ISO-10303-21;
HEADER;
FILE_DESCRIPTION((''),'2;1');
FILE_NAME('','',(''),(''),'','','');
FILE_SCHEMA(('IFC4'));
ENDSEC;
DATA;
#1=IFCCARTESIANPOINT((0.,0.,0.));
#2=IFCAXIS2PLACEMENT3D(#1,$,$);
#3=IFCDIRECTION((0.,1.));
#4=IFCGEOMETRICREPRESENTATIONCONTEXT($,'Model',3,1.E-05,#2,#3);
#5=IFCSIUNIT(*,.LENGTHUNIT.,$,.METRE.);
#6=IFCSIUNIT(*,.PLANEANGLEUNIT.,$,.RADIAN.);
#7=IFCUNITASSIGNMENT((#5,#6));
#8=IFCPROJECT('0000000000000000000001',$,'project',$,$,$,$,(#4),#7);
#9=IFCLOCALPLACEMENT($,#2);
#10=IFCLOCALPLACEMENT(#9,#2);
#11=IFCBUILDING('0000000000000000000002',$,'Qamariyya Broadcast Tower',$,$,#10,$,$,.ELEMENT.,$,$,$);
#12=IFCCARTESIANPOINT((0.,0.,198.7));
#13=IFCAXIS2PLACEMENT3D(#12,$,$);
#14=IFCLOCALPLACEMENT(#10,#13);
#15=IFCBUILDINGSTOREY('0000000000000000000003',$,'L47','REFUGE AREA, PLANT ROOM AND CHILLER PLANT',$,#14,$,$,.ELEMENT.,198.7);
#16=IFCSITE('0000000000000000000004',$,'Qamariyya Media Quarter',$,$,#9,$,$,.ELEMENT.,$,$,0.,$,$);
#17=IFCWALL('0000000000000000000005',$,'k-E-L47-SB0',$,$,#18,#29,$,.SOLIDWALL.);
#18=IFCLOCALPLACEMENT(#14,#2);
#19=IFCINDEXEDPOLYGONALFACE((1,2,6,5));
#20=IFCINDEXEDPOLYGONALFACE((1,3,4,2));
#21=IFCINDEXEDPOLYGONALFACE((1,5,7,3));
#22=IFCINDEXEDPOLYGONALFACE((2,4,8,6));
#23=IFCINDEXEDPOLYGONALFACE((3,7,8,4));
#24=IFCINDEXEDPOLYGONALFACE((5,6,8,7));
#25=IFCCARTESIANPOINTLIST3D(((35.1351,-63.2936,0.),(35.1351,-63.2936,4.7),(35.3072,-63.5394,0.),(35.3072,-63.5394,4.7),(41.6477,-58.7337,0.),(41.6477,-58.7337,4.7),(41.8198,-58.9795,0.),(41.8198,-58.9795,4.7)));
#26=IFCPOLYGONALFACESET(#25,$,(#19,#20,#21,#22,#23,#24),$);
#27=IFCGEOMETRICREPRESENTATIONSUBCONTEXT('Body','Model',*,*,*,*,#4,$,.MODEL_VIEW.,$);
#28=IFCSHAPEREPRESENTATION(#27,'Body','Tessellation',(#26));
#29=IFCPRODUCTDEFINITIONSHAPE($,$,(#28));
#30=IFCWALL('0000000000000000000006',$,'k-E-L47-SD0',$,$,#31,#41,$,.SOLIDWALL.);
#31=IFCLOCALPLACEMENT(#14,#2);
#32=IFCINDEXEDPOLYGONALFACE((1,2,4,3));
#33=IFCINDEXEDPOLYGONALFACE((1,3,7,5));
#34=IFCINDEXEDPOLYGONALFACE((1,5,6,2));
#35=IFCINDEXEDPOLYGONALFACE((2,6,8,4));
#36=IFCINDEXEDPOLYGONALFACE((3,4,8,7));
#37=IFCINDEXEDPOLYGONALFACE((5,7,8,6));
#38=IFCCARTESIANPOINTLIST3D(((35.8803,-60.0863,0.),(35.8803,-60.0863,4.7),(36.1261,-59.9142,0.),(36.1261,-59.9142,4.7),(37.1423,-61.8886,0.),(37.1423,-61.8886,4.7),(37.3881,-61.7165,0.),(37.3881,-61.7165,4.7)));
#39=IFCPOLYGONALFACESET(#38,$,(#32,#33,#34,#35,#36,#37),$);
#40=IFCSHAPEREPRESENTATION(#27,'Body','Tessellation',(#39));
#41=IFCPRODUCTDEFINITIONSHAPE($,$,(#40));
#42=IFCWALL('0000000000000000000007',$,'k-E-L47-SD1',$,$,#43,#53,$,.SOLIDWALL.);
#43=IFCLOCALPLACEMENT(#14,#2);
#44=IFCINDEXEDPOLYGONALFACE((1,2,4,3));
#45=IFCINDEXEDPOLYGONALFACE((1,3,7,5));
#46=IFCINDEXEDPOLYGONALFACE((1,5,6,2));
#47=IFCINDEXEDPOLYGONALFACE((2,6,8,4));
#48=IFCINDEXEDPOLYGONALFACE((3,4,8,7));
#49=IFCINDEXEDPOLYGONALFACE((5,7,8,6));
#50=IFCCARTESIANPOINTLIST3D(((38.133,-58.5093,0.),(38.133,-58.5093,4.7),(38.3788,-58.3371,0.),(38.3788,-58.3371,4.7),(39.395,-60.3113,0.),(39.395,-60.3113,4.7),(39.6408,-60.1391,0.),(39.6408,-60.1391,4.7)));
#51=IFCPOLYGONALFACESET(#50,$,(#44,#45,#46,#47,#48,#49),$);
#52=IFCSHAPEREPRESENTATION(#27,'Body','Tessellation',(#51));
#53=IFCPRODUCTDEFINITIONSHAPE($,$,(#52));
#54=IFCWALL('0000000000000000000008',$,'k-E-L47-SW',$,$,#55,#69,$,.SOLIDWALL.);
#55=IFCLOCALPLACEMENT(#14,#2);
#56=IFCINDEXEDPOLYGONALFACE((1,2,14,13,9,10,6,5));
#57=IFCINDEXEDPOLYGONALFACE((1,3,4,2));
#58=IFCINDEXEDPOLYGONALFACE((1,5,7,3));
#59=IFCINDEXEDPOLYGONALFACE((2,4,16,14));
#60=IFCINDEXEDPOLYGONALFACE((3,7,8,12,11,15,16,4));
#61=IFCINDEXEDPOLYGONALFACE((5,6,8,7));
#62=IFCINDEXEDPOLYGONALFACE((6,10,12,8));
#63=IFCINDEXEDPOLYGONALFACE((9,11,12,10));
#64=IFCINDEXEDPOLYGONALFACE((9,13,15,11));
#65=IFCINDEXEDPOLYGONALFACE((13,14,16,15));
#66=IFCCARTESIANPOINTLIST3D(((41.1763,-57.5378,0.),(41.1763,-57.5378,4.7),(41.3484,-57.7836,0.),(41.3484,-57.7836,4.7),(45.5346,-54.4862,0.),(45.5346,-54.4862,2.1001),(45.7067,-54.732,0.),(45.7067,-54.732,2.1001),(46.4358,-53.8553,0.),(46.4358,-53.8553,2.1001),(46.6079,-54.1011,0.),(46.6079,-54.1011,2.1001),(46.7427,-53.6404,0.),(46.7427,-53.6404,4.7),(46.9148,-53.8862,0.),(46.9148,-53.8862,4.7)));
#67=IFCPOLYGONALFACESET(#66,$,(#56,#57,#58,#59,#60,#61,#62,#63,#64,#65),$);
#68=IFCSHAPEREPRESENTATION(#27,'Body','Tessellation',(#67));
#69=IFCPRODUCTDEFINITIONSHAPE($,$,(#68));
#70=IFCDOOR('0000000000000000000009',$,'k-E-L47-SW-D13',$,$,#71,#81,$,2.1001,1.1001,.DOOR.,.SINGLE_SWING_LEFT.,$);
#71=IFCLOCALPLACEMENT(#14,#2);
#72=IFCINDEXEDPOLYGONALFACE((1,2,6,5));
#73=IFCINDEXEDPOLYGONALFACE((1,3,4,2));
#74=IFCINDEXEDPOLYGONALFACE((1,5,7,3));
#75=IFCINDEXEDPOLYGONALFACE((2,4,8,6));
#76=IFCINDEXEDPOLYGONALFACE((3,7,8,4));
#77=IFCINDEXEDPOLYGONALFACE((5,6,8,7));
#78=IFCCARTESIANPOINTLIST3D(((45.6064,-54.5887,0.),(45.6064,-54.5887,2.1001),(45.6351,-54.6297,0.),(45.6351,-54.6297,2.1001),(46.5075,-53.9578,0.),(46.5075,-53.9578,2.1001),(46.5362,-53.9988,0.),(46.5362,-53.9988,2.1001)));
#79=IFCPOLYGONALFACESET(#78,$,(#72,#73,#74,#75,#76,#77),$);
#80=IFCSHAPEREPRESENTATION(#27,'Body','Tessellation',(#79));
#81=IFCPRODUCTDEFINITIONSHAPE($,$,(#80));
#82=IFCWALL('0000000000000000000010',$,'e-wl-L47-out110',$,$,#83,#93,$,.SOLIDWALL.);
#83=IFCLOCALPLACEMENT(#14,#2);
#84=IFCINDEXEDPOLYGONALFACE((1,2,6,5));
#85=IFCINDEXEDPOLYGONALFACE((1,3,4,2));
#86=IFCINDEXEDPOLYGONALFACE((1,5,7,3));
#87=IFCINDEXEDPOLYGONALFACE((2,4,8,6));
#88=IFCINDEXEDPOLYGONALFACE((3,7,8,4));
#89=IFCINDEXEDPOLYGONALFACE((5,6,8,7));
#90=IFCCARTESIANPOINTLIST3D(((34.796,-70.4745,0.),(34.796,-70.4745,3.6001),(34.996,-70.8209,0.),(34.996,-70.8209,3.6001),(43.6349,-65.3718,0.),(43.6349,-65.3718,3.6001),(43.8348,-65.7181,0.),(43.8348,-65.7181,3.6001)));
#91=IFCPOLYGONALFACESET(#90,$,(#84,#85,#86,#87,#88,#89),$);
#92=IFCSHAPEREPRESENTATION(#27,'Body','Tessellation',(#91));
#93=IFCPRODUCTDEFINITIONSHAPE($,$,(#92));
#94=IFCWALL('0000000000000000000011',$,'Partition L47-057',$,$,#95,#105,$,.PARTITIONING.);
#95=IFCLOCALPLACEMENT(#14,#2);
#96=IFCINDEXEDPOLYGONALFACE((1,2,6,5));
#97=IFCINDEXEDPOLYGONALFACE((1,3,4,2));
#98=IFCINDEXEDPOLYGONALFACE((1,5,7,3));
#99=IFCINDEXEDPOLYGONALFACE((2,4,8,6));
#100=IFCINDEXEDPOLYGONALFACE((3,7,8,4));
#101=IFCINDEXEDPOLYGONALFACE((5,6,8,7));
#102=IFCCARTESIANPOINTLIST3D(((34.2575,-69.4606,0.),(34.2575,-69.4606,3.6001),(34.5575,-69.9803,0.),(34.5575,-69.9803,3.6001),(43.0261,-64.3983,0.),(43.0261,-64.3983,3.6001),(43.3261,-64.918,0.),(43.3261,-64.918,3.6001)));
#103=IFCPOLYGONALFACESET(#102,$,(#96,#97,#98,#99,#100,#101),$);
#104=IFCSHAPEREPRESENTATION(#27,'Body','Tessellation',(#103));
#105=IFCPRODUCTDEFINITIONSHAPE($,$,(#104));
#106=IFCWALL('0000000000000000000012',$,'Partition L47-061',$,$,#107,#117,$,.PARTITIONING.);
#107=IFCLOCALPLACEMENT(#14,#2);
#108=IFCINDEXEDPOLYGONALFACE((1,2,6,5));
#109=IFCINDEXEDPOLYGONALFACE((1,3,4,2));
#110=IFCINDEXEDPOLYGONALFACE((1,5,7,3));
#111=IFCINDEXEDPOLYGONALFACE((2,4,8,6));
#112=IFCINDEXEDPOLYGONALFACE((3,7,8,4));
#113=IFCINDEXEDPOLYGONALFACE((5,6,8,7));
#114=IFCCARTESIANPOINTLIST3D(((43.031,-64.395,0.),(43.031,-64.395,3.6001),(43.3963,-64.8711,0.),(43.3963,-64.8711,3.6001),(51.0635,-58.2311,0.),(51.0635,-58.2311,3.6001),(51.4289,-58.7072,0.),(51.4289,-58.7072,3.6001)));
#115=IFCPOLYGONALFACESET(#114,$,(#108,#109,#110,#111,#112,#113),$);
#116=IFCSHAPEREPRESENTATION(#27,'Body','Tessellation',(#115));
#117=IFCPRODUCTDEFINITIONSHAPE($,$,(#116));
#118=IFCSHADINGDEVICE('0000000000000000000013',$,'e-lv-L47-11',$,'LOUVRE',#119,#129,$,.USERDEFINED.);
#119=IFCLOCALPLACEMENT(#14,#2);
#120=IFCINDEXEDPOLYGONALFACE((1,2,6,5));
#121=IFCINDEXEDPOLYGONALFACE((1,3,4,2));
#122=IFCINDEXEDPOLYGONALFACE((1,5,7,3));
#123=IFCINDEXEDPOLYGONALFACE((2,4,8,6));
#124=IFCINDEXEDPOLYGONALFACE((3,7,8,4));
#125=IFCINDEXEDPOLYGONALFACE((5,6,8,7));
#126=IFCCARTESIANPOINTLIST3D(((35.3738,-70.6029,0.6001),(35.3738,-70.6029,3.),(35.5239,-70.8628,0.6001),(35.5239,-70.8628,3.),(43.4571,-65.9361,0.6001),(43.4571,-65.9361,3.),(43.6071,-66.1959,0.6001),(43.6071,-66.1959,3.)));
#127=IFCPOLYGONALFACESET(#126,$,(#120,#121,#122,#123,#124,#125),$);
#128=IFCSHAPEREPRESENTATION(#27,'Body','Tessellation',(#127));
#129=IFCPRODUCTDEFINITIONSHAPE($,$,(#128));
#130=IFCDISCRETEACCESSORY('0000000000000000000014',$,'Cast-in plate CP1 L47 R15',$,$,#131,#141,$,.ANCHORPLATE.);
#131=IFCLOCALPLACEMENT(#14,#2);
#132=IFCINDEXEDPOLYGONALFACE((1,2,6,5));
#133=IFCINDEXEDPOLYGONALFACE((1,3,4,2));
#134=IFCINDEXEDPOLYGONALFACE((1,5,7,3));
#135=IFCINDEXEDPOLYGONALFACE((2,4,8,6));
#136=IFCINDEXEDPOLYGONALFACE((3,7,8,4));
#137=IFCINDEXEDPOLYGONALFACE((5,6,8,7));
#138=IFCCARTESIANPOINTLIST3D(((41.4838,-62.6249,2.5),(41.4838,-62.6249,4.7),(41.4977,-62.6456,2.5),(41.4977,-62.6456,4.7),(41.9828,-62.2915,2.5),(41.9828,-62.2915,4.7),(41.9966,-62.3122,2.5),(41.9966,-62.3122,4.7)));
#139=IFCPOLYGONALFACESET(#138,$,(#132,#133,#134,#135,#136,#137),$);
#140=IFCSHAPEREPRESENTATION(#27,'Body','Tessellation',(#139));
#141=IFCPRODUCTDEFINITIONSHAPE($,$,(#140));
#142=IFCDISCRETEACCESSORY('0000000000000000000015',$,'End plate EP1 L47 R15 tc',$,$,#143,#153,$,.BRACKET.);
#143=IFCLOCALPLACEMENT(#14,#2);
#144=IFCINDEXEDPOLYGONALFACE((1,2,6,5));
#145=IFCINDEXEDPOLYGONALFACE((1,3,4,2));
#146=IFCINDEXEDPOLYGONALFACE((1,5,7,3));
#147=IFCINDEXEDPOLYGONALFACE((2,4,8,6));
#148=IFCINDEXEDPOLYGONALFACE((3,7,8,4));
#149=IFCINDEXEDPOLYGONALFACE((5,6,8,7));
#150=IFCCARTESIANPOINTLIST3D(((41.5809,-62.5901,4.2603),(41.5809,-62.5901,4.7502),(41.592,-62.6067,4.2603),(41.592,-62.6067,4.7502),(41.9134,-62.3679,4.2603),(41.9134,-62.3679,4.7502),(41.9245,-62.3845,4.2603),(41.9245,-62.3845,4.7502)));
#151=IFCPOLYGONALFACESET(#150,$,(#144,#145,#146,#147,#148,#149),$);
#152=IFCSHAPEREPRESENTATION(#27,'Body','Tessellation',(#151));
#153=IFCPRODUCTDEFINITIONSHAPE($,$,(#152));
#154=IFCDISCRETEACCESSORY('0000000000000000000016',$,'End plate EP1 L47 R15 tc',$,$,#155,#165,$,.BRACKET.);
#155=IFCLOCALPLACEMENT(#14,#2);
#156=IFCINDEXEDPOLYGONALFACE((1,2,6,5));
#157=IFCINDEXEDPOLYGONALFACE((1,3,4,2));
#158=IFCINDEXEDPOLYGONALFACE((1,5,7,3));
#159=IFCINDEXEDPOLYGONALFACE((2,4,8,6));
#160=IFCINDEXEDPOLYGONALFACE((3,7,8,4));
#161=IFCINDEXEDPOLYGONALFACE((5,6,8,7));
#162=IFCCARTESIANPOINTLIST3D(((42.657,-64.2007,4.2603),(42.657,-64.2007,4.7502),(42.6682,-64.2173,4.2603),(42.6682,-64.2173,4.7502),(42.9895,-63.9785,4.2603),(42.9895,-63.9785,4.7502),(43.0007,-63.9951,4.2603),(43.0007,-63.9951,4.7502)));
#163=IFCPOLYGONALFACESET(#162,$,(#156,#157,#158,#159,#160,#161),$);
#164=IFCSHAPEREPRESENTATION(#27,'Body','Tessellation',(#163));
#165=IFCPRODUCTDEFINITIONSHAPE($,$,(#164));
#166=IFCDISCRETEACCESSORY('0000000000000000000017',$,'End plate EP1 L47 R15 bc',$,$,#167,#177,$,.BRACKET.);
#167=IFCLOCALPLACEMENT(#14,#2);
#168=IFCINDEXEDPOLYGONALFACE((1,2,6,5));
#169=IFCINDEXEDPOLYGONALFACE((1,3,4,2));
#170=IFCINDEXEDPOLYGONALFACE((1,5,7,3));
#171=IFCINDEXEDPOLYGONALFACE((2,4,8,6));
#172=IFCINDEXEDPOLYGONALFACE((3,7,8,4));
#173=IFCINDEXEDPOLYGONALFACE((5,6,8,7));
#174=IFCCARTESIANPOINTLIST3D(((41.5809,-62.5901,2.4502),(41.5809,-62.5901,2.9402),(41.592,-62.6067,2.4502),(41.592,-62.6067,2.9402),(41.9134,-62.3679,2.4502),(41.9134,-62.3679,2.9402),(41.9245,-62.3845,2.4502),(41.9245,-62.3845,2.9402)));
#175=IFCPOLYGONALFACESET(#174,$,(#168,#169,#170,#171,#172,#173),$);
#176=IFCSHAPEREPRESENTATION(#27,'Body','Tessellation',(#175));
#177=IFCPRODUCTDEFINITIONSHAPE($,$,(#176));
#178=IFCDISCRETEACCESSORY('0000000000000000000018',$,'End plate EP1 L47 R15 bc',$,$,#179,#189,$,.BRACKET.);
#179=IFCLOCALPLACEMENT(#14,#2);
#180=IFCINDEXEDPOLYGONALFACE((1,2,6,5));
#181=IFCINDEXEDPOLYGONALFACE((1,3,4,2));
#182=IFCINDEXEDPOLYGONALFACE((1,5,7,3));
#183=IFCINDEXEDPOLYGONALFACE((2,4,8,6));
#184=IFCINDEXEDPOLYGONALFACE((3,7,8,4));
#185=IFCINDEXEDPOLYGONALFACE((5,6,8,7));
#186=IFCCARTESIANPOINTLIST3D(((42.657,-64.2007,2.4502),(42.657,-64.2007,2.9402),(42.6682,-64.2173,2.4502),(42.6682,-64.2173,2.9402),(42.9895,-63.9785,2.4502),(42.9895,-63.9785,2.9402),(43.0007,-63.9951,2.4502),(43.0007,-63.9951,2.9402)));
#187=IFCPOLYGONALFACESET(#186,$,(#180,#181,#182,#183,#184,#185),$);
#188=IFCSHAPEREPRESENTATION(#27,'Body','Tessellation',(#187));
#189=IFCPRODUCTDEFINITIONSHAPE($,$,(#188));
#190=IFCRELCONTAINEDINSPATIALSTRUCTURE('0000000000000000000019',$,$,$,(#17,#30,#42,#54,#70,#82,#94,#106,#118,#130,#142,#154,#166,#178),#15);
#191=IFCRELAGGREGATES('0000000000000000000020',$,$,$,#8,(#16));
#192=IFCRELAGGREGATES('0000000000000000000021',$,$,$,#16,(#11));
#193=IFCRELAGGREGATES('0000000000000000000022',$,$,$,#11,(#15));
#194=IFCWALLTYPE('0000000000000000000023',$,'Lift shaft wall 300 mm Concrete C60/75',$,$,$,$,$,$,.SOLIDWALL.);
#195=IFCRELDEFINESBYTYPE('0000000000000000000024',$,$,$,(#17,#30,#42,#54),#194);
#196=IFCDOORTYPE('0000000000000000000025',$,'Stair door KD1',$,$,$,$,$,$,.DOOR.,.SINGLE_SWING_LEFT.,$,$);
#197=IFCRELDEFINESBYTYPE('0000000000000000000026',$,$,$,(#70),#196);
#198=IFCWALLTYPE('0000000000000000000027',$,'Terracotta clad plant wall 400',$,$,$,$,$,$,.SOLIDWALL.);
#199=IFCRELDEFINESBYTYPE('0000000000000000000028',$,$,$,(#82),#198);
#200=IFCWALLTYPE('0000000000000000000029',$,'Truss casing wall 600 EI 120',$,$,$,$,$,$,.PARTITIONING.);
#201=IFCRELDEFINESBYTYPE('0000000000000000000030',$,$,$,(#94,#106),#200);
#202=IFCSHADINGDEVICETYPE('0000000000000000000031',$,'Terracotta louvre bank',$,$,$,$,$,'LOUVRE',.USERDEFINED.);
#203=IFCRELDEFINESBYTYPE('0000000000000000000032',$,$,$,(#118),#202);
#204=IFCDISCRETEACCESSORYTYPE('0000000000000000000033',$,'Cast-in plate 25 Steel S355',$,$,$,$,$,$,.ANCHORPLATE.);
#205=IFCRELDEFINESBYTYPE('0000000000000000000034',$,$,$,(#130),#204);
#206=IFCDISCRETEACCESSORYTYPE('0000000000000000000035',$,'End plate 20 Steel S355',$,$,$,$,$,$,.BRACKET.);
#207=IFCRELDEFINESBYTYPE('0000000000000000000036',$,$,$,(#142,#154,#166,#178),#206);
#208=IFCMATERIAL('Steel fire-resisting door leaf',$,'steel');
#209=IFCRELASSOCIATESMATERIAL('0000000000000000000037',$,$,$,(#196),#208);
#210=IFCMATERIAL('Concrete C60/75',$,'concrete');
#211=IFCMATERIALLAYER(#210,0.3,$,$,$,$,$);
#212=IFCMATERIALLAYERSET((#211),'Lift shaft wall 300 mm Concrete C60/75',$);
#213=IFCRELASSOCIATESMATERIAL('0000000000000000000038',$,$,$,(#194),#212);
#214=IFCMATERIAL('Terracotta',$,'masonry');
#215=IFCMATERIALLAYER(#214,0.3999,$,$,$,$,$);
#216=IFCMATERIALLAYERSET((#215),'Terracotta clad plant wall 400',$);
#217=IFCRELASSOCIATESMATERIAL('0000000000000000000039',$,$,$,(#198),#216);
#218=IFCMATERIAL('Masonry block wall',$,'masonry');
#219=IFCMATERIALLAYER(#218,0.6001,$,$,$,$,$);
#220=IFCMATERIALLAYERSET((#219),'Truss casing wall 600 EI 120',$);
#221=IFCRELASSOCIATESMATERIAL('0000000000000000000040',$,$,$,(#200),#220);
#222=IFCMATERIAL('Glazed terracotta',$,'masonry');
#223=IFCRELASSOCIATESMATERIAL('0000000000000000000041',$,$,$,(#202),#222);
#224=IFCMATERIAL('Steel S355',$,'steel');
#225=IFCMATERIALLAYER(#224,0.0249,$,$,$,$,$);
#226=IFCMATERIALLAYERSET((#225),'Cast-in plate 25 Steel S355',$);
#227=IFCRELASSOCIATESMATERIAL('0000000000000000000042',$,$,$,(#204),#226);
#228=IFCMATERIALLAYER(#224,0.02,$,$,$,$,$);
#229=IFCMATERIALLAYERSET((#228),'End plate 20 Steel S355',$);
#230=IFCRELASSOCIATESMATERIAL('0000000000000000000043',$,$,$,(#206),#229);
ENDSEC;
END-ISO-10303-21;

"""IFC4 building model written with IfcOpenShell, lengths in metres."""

from ifc_helpers import new_model, si_unit, direction, frame, frame_2d, origin, origin_2d, place, context, subcontext, project, spatial, rectangle, extrude, material, layer, layer_set, type_object, element, fill, save


model = new_model("IFC4")

# Units and contexts
model_context = context("Model", 3, precision=1e-05, world=origin(), true_north=direction((0.0, 1.0)))
body_context = subcontext(model_context, "Body", "Model", "MODEL_VIEW")
ifc_project = project(units=[si_unit("LENGTHUNIT", "METRE"), si_unit("PLANEANGLEUNIT", "RADIAN")], contexts=[model_context])

# Site, building, storey
site_placement = place(None, origin())
site = spatial("IfcSite", under=ifc_project, at=site_placement, Name="Qamariyya Media Quarter", CompositionType="ELEMENT", RefElevation=0.0)
building_placement = place(site_placement, origin())
building = spatial("IfcBuilding", under=site, at=building_placement, Name="Qamariyya Broadcast Tower", CompositionType="ELEMENT")
storey_placement = place(building_placement, frame((0.0, 0.0, 198.7)))
storey = spatial("IfcBuildingStorey", under=building, at=storey_placement, Name="L47", Description="REFUGE AREA, PLANT ROOM AND CHILLER PLANT", CompositionType="ELEMENT", Elevation=198.7)

# Shared definitions
ifc_material_1 = material(Name="Concrete C60/75", Category="concrete")

# Shared definitions
ifc_material_2 = material(Name="Steel S355", Category="steel")

# Shared definitions
ifc_material_3 = material(Name="Steel fire-resisting door leaf", Category="steel")

# Shared definitions
door_type_1 = type_object("IfcDoorType", Name="Stair door KD1", OperationType="SINGLE_SWING_LEFT", PredefinedType="DOOR", material=ifc_material_3)

# Walls
ifc_layer_1 = layer(ifc_material_1, 0.3)
ifc_layer_set_1 = layer_set([ifc_layer_1], Name="Lift shaft wall 300 mm Concrete C60/75")
wall_type_1 = type_object("IfcWallType", Name="Lift shaft wall 300 mm Concrete C60/75", PredefinedType="SOLIDWALL", material=ifc_layer_set_1)
wall_1_placement = place(storey_placement, frame((35.2212, -63.4165, 0.0), z_axis=(0.0, 0.0, 1.0), x_axis=(0.819167, 0.573555, 0.0)))
element("IfcWall", 1, at=wall_1_placement, inside=storey, type_object=wall_type_1, Name="k-E-L47-SB0", PredefinedType="SOLIDWALL", context=body_context, shape_type="SweptSolid", body=[
    extrude(rectangle(XDim=7.9502, YDim=0.3, at=frame_2d((3.9751, 0.0))), origin(), (0.0, 0.0, 1.0), 4.7),
])
wall_2_placement = place(storey_placement, frame((36.0032, -60.0002, 0.0), z_axis=(0.0, 0.0, 1.0), x_axis=(0.573581, -0.819149, 0.0)))
element("IfcWall", 2, at=wall_2_placement, inside=storey, type_object=wall_type_1, Name="k-E-L47-SD0", PredefinedType="SOLIDWALL", context=body_context, shape_type="SweptSolid", body=[
    extrude(rectangle(XDim=2.2002, YDim=0.3, at=frame_2d((1.1001, 0.0))), origin(), (0.0, 0.0, 1.0), 4.7),
])
wall_3_placement = place(storey_placement, frame((38.2559, -58.4231, 0.0), z_axis=(0.0, 0.0, 1.0), x_axis=(0.573634, -0.819112, 0.0)))
element("IfcWall", 3, at=wall_3_placement, inside=storey, type_object=wall_type_1, Name="k-E-L47-SD1", PredefinedType="SOLIDWALL", context=body_context, shape_type="SweptSolid", body=[
    extrude(rectangle(XDim=2.2, YDim=0.3, at=frame_2d((1.1001, 0.0))), origin(), (0.0, 0.0, 1.0), 4.7),
])

# Wall, opening, door
wall_4_placement = place(storey_placement, frame((41.2625, -57.6606, 0.0), z_axis=(0.0, 0.0, 1.0), x_axis=(0.819164, 0.573559, 0.0)))
wall_4 = element("IfcWall", 4, at=wall_4_placement, inside=storey, type_object=wall_type_1, Name="k-E-L47-SW", PredefinedType="SOLIDWALL", context=body_context, shape_type="SweptSolid", body=[
    extrude(rectangle(XDim=6.7952, YDim=0.3, at=frame_2d((3.3975, 0.0))), origin(), (0.0, 0.0, 1.0), 4.7),
])
opening_1_placement = place(wall_4_placement, frame((5.3203, 0.0, 0.0)))
opening_1 = element("IfcOpeningElement", 5, at=opening_1_placement, cuts=wall_4, PredefinedType="OPENING", context=body_context, shape_type="SweptSolid", body=[
    extrude(rectangle(XDim=1.1001, YDim=2.1001, at=frame_2d((0.55, 1.05))), frame((0.0, 0.1599, 0.0), z_axis=(0.0, -1.0, 0.0), x_axis=(1.0, 0.0, 0.0)), (0.0, 0.0, 1.0), 0.3201),
])
door_1_placement = place(opening_1_placement, origin())
door_1 = element("IfcDoor", 6, at=door_1_placement, inside=storey, type_object=door_type_1, Name="k-E-L47-SW-D13", OperationType="SINGLE_SWING_LEFT", OverallHeight=2.1001, OverallWidth=1.1001, PredefinedType="DOOR", context=body_context, shape_type="SweptSolid", body=[
    extrude(rectangle(XDim=1.1001, YDim=2.1001, at=frame_2d((0.55, 1.05))), frame((0.0, 0.0249, 0.0), z_axis=(0.0, -1.0, 0.0), x_axis=(1.0, 0.0, 0.0)), (0.0, 0.0, 1.0), 0.05),
])
fill(opening_1, door_1)

# Walls
ifc_material_4 = material(Name="Terracotta", Category="masonry")
ifc_layer_2 = layer(ifc_material_4, 0.3999)
ifc_layer_set_2 = layer_set([ifc_layer_2], Name="Terracotta clad plant wall 400")
wall_type_2 = type_object("IfcWallType", Name="Terracotta clad plant wall 400", PredefinedType="SOLIDWALL", material=ifc_layer_set_2)
wall_5_placement = place(storey_placement, frame((34.896, -70.6477, 0.0), z_axis=(0.0, 0.0, 1.0), x_axis=(0.86604, 0.499975, 0.0)))
element("IfcWall", 7, at=wall_5_placement, inside=storey, type_object=wall_type_2, Name="e-wl-L47-out110", PredefinedType="SOLIDWALL", context=body_context, shape_type="SweptSolid", body=[
    extrude(rectangle(XDim=10.2061, YDim=0.3999, at=frame_2d((5.103, 0.0))), origin(), (0.0, 0.0, 1.0), 3.6001),
])
ifc_material_5 = material(Name="Masonry block wall", Category="masonry")
ifc_layer_3 = layer(ifc_material_5, 0.6001)
ifc_layer_set_3 = layer_set([ifc_layer_3], Name="Truss casing wall 600 EI 120")
wall_type_3 = type_object("IfcWallType", Name="Truss casing wall 600 EI 120", PredefinedType="PARTITIONING", material=ifc_layer_set_3)
for number, where, z_axis, x_axis, name in (
    (8, (34.4075, -69.7205, 0.0), (0.0, 0.0, 1.0), (0.866037, 0.49998, 0.0), "Partition L47-057"),
    (9, (43.2136, -64.6331, 0.0), (0.0, 0.0, 1.0), (0.79334, 0.608779, 0.0), "Partition L47-061"),
):
    element("IfcWall", number, at=place(storey_placement, frame(where, z_axis=z_axis, x_axis=x_axis)), inside=storey, type_object=wall_type_3, Name=name, PredefinedType="PARTITIONING", context=body_context, shape_type="SweptSolid", body=[
        extrude(rectangle(XDim=10.125, YDim=0.6001, at=frame_2d((5.0625, 0.0))), origin(), (0.0, 0.0, 1.0), 3.6001),
    ])

# Shading device
ifc_material_6 = material(Name="Glazed terracotta", Category="masonry")
shading_device_type = type_object("IfcShadingDeviceType", Name="Terracotta louvre bank", ElementType="LOUVRE", PredefinedType="USERDEFINED", material=ifc_material_6)
shading_device_placement = place(storey_placement, frame((39.4905, -68.3994, 0.6001), z_axis=(0.0, 0.0, 1.0), x_axis=(0.866025, 0.5, 0.0)))
element("IfcShadingDevice", 10, at=shading_device_placement, inside=storey, type_object=shading_device_type, Name="e-lv-L47-11", ObjectType="LOUVRE", PredefinedType="USERDEFINED", context=body_context, shape_type="SweptSolid", body=[
    extrude(rectangle(XDim=9.3337, YDim=0.3, at=origin_2d()), origin(), (0.0, 0.0, 1.0), 2.3999),
])

# Discrete accessories
ifc_layer_4 = layer(ifc_material_2, 0.0249)
ifc_layer_set_4 = layer_set([ifc_layer_4], Name="Cast-in plate 25 Steel S355")
discrete_accessory_type_1 = type_object("IfcDiscreteAccessoryType", Name="Cast-in plate 25 Steel S355", PredefinedType="ANCHORPLATE", material=ifc_layer_set_4)
discrete_accessory_placement = place(storey_placement, frame((41.7402, -62.4685, 2.5), z_axis=(0.0, 0.0, 1.0), x_axis=(-0.83147, -0.55557, 0.0)))
element("IfcDiscreteAccessory", 11, at=discrete_accessory_placement, inside=storey, type_object=discrete_accessory_type_1, Name="Cast-in plate CP1 L47 R15", PredefinedType="ANCHORPLATE", context=body_context, shape_type="SweptSolid", body=[
    extrude(rectangle(XDim=0.6001, YDim=0.0249, at=origin_2d()), origin(), (0.0, 0.0, 1.0), 2.2),
])
ifc_layer_5 = layer(ifc_material_2, 0.02)
ifc_layer_set_5 = layer_set([ifc_layer_5], Name="End plate 20 Steel S355")
discrete_accessory_type_2 = type_object("IfcDiscreteAccessoryType", Name="End plate 20 Steel S355", PredefinedType="BRACKET", material=ifc_layer_set_5)
for number, where, z_axis, x_axis, name in (
    (12, (41.7527, -62.4873, 4.2603), (0.0, 0.0, 1.0), (-0.83147, -0.55557, 0.0), "End plate EP1 L47 R15 tc"),
    (13, (42.8289, -64.0979, 4.2603), (0.0, 0.0, 1.0), (-0.83147, -0.55557, 0.0), "End plate EP1 L47 R15 tc"),
    (14, (41.7527, -62.4873, 2.4502), (0.0, 0.0, 1.0), (-0.83147, -0.55557, 0.0), "End plate EP1 L47 R15 bc"),
    (15, (42.8289, -64.0979, 2.4502), (0.0, 0.0, 1.0), (-0.83147, -0.55557, 0.0), "End plate EP1 L47 R15 bc"),
):
    element("IfcDiscreteAccessory", number, at=place(storey_placement, frame(where, z_axis=z_axis, x_axis=x_axis)), inside=storey, type_object=discrete_accessory_type_2, Name=name, PredefinedType="BRACKET", context=body_context, shape_type="SweptSolid", body=[
        extrude(rectangle(XDim=0.3999, YDim=0.02, at=origin_2d()), origin(), (0.0, 0.0, 1.0), 0.49),
    ])

save(model, "model.ifc")
